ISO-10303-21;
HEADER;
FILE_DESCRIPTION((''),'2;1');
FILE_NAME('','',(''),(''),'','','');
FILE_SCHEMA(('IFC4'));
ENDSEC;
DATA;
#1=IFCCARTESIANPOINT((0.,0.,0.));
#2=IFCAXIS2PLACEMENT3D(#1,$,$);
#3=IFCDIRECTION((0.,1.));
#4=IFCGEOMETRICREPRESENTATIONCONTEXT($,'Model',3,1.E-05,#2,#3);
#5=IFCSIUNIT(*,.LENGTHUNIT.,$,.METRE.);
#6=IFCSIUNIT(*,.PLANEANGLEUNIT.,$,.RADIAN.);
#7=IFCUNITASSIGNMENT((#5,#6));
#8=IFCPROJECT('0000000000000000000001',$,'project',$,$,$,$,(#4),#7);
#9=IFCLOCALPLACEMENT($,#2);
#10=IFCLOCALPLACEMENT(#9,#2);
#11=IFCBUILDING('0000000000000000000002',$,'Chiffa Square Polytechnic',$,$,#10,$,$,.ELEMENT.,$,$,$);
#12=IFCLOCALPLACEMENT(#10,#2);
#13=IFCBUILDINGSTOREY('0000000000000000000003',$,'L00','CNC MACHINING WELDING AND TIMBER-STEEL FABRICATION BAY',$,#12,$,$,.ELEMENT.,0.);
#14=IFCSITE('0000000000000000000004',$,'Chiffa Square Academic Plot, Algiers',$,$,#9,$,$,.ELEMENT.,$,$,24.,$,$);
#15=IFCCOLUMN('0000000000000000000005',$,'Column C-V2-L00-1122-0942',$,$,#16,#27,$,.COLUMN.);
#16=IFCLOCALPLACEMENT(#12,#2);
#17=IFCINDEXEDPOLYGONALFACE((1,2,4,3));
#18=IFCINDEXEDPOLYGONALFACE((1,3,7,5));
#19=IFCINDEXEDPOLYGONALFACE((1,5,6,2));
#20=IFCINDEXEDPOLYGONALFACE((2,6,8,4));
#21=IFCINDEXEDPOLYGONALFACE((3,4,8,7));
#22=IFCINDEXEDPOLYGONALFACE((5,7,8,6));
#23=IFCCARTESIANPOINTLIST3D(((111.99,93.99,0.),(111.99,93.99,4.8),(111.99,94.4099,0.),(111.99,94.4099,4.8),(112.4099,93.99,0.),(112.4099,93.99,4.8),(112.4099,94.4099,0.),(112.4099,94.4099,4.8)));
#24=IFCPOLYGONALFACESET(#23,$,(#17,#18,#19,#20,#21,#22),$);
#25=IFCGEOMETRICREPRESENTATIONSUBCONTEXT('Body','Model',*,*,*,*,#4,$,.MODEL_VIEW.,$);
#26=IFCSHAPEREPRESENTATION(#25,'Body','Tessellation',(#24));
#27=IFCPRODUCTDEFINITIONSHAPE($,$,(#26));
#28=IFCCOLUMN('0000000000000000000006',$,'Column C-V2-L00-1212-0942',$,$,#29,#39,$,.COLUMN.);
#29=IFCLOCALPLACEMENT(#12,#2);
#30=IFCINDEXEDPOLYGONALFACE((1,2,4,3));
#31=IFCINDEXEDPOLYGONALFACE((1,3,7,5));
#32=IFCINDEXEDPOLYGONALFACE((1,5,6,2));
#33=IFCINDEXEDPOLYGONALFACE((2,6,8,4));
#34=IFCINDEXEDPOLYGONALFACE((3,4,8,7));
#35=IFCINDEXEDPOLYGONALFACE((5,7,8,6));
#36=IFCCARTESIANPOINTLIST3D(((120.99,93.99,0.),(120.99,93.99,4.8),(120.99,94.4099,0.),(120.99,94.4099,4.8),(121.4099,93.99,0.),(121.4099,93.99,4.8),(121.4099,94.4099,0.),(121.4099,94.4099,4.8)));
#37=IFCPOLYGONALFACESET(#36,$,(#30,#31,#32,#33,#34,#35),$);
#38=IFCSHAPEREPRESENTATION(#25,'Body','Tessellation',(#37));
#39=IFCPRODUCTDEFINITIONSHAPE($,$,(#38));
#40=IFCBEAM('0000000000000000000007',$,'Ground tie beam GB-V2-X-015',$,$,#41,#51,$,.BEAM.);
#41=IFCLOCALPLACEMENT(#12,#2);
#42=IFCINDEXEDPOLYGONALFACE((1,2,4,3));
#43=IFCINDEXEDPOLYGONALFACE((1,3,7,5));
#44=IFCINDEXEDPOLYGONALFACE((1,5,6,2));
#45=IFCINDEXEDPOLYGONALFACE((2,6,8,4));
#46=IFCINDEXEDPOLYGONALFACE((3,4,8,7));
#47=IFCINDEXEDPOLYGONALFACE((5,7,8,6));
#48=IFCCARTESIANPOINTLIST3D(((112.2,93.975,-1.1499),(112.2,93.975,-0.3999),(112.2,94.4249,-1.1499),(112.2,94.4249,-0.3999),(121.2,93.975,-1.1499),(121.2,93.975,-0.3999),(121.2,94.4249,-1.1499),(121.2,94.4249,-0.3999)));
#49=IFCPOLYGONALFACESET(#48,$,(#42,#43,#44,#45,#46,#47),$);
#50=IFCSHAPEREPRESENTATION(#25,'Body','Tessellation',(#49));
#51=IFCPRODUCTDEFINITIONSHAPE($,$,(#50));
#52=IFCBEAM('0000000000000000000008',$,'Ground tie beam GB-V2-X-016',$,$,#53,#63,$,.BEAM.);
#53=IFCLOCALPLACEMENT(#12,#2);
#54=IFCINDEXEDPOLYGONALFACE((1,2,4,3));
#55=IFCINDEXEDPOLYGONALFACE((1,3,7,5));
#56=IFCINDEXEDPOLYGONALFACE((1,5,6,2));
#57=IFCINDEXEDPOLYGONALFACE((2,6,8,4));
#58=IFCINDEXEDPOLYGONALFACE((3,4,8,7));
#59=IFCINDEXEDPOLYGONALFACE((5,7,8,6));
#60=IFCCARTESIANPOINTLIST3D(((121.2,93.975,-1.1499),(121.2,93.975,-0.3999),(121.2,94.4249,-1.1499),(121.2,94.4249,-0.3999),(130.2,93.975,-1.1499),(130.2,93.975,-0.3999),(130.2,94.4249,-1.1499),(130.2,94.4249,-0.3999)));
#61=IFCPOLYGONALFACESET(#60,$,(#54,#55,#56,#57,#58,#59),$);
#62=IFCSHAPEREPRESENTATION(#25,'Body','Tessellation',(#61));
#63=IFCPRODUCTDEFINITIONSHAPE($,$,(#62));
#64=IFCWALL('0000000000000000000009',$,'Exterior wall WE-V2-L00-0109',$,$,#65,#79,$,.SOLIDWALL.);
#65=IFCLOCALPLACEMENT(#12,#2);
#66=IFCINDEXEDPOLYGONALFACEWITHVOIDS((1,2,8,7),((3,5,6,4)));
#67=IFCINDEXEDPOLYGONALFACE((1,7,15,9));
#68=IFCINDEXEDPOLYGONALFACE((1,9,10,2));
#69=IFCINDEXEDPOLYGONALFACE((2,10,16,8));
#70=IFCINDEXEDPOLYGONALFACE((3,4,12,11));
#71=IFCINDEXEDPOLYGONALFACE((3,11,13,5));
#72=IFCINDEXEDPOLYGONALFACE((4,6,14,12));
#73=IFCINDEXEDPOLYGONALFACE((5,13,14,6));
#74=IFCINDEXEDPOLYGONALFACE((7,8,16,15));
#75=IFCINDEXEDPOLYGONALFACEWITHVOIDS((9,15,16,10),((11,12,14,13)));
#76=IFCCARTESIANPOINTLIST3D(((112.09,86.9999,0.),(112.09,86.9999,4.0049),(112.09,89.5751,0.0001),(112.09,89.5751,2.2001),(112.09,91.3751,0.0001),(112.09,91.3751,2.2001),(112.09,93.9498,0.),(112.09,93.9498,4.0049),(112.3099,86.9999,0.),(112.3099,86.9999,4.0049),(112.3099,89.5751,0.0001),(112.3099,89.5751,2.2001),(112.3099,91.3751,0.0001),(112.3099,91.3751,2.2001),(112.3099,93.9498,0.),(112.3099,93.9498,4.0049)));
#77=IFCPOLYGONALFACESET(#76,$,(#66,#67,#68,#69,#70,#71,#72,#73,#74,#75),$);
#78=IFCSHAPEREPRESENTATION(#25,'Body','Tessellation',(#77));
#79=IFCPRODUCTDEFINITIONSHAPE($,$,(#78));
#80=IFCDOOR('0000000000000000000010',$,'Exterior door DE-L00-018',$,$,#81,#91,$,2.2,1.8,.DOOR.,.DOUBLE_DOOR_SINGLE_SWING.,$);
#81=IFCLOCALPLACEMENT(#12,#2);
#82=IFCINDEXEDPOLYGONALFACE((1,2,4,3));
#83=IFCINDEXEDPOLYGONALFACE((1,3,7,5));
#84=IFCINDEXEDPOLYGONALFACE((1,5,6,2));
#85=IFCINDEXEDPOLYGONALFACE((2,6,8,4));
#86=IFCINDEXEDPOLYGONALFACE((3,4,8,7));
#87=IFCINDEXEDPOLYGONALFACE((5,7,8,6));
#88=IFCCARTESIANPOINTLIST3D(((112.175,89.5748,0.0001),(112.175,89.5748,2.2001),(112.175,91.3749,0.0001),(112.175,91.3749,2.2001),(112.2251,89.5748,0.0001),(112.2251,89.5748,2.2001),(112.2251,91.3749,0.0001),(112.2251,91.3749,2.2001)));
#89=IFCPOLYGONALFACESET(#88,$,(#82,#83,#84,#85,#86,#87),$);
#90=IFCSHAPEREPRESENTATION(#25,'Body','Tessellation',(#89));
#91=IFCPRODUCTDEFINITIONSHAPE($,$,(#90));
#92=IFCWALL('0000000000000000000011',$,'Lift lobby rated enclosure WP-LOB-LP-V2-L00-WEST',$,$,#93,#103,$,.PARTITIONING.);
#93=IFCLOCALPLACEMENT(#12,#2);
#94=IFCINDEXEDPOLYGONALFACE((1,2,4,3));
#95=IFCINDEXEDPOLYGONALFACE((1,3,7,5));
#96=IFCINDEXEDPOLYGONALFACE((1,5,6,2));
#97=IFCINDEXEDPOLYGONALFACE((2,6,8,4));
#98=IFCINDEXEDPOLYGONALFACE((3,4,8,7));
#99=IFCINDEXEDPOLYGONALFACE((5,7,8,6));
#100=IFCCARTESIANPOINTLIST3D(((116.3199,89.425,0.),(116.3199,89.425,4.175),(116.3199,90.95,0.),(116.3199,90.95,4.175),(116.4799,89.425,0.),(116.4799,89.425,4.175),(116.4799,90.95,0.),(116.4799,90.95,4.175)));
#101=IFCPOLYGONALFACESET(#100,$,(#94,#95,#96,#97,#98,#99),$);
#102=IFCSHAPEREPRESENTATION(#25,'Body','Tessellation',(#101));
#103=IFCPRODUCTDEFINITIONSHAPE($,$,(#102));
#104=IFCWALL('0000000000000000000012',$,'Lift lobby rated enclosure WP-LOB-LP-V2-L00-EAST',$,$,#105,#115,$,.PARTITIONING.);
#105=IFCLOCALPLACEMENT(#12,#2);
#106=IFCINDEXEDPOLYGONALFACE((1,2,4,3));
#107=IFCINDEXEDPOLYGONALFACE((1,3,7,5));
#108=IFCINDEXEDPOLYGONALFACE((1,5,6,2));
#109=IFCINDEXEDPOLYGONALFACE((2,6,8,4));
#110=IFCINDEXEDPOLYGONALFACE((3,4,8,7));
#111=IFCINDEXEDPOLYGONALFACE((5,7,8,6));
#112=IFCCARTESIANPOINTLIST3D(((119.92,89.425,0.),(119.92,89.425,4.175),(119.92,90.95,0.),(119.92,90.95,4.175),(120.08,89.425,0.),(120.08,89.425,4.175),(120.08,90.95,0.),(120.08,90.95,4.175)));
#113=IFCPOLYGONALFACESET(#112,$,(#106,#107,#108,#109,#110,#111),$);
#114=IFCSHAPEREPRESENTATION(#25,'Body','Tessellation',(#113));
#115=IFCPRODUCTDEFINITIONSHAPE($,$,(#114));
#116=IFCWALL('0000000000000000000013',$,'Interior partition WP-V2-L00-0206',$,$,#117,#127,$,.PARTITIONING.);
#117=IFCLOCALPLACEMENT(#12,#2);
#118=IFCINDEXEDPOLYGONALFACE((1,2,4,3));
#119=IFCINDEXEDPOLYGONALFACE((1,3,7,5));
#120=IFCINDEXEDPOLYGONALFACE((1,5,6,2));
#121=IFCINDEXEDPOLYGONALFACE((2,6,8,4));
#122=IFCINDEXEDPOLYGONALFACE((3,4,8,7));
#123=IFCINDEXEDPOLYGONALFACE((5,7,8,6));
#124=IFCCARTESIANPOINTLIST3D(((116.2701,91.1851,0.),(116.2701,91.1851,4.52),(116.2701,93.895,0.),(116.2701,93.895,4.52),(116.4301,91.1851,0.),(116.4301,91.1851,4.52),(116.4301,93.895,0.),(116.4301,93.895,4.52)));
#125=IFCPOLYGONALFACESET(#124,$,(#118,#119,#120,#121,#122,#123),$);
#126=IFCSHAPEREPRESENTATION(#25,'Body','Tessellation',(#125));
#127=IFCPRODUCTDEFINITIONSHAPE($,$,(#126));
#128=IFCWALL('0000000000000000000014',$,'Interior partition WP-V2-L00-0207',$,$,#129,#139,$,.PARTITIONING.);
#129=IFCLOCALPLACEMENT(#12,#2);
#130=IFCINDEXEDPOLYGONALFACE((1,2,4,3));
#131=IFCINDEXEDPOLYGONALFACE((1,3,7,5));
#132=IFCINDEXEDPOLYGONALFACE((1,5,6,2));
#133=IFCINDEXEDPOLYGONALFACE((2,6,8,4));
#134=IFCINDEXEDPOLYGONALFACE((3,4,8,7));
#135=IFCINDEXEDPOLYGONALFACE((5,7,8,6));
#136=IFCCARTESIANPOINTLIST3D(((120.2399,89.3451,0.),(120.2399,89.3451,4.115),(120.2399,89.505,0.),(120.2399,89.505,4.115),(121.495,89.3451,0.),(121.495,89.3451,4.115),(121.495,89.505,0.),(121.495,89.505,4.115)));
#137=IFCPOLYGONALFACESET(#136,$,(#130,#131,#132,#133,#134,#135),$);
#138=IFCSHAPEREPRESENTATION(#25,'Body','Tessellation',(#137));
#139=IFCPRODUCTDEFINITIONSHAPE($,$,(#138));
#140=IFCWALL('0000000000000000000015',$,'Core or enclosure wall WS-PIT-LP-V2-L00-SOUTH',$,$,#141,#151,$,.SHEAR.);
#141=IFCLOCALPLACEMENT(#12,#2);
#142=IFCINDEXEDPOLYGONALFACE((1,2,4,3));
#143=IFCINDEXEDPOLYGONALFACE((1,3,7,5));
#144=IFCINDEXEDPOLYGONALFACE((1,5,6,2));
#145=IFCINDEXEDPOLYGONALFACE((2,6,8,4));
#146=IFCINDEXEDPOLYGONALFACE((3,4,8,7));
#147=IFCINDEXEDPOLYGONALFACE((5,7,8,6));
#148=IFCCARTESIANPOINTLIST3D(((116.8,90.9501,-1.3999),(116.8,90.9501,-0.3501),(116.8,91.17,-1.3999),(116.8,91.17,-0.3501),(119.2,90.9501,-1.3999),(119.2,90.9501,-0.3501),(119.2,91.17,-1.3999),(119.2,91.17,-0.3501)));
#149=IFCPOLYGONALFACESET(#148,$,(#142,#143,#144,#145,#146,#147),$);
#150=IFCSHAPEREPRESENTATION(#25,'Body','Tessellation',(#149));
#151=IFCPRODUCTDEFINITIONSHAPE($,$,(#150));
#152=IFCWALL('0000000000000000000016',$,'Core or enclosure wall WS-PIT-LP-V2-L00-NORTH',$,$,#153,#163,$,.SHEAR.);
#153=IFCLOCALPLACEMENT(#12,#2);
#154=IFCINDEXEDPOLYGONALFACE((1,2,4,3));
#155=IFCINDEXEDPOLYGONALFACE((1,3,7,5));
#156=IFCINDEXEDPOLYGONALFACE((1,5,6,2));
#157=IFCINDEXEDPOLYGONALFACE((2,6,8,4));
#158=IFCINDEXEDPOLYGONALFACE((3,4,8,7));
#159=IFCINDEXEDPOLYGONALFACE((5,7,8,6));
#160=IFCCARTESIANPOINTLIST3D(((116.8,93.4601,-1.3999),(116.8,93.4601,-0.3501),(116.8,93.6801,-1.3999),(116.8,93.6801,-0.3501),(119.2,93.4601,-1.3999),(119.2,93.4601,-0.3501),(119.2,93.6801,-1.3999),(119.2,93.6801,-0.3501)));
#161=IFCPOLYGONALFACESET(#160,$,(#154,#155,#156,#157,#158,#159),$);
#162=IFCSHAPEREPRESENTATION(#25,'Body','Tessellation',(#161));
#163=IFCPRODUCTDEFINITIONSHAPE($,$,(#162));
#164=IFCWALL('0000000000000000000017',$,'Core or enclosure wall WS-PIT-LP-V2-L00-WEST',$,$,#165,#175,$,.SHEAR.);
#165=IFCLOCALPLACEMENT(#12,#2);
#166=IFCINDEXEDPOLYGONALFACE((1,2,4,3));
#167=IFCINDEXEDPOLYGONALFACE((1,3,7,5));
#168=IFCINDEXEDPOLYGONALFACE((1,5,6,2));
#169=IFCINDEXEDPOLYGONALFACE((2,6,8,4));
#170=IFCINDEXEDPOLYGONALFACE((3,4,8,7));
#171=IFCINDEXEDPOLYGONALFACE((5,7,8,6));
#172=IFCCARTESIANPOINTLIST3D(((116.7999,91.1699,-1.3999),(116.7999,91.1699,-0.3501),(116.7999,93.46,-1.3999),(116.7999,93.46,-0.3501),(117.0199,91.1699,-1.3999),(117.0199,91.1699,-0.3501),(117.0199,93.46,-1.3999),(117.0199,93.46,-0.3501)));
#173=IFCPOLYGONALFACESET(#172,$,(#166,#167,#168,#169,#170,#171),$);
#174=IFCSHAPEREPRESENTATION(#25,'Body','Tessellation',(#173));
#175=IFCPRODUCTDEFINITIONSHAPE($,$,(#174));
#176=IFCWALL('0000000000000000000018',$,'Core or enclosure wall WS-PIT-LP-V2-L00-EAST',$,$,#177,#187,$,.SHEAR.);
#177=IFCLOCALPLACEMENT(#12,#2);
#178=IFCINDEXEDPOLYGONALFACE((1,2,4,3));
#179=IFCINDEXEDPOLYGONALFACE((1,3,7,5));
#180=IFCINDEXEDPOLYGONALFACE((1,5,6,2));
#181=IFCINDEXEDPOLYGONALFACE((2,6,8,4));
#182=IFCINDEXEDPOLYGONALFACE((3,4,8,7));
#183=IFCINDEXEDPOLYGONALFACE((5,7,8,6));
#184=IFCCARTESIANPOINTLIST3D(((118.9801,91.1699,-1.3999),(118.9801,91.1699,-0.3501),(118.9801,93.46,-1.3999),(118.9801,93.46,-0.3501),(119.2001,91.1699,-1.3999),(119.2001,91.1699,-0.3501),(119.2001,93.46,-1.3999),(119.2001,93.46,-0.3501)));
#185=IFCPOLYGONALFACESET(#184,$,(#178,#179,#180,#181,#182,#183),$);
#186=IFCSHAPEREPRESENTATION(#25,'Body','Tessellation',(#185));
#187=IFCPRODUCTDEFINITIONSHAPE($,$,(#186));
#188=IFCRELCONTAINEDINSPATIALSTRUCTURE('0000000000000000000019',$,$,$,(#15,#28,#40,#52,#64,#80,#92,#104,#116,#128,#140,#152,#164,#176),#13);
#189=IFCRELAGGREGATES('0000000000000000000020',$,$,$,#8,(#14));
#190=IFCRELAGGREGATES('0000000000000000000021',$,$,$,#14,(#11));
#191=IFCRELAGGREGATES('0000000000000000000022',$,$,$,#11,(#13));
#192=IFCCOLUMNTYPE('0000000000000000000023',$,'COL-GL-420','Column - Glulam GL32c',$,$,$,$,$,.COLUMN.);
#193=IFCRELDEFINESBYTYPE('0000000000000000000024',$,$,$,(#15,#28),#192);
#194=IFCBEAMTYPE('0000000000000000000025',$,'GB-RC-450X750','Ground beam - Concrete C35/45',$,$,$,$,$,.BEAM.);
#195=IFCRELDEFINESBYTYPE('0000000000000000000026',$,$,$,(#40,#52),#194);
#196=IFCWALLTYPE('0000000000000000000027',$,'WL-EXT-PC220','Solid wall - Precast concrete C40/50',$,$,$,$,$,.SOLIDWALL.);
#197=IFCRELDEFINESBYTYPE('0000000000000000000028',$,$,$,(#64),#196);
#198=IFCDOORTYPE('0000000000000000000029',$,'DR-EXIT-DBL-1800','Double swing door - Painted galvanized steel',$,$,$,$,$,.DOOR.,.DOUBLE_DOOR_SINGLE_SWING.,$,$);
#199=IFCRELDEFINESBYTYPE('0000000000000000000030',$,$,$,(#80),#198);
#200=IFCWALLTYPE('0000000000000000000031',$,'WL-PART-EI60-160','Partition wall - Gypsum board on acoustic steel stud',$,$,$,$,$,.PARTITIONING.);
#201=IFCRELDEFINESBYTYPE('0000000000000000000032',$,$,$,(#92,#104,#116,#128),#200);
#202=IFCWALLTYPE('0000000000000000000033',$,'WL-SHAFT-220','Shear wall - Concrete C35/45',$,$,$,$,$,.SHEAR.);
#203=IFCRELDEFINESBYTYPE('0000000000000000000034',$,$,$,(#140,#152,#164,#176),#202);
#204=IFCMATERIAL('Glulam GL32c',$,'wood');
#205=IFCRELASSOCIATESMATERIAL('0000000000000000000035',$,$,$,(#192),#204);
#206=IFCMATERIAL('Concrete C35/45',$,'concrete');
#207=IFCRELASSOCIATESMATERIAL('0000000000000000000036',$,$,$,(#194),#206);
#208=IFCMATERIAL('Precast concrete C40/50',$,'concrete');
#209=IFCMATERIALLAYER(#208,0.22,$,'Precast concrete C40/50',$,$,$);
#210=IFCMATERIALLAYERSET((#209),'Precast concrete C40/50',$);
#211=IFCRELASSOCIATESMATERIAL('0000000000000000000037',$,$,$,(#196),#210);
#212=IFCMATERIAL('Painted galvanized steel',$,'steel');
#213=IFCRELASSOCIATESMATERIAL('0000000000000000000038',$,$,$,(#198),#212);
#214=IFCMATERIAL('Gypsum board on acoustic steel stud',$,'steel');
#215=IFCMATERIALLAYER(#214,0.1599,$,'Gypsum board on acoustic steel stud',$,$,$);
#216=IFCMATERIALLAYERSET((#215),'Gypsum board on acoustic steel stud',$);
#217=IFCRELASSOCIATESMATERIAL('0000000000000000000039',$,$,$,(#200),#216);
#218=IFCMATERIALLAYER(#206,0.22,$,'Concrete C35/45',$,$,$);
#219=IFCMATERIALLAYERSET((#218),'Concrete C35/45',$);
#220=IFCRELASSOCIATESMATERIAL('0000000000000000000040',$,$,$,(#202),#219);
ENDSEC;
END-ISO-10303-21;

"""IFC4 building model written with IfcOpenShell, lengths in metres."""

from ifc_helpers import new_model, si_unit, direction, frame, frame_2d, origin, origin_2d, place, context, subcontext, project, spatial, rectangle, extrude, material, layer, layer_set, material_profile, profile_set, type_object, element, fill, save


model = new_model("IFC4")

# Units and contexts
model_context = context("Model", 3, precision=1e-05, world=origin(), true_north=direction((0.0, 1.0)))
body_context = subcontext(model_context, "Body", "Model", "MODEL_VIEW")
ifc_project = project(units=[si_unit("LENGTHUNIT", "METRE"), si_unit("PLANEANGLEUNIT", "RADIAN")], contexts=[model_context])

# Site, building, storey
site_placement = place(None, origin())
site = spatial("IfcSite", under=ifc_project, at=site_placement, Name="Chiffa Square Academic Plot, Algiers", CompositionType="ELEMENT", RefElevation=24.0)
building_placement = place(site_placement, origin())
building = spatial("IfcBuilding", under=site, at=building_placement, Name="Chiffa Square Polytechnic", CompositionType="ELEMENT")
storey_placement = place(building_placement, origin())
storey = spatial("IfcBuildingStorey", under=building, at=storey_placement, Name="L00", Description="CNC MACHINING WELDING AND TIMBER-STEEL FABRICATION BAY", CompositionType="ELEMENT", Elevation=0.0)

# Columns
ifc_material_1 = material(Name="Glulam GL32c", Category="wood")
ifc_material_profile_1 = material_profile(ifc_material_1, rectangle(XDim=0.4199, YDim=0.4199, at=origin_2d()), Name="GL32c 420x420")
ifc_profile_set_1 = profile_set([ifc_material_profile_1], Name="Glulam GL32c")
column_type = type_object("IfcColumnType", Name="COL-GL-420", Description="Column - Glulam GL32c", PredefinedType="COLUMN", material=ifc_profile_set_1)
for number, where, z_axis, x_axis, name in (
    (1, (112.2, 94.2, 0.0), (0.0, 0.0, 1.0), (1.0, 0.0, 0.0), "Column C-V2-L00-1122-0942"),
    (2, (121.2, 94.2, 0.0), (0.0, 0.0, 1.0), (1.0, 0.0, 0.0), "Column C-V2-L00-1212-0942"),
):
    element("IfcColumn", number, at=place(storey_placement, frame(where, z_axis=z_axis, x_axis=x_axis)), inside=storey, type_object=column_type, Name=name, PredefinedType="COLUMN", context=body_context, shape_type="SweptSolid", body=[
        extrude(rectangle(XDim=0.4199, YDim=0.4199, at=origin_2d()), origin(), (0.0, 0.0, 1.0), 4.8),
    ])

# Beams
ifc_material_2 = material(Name="Concrete C35/45", Category="concrete")
ifc_material_profile_2 = material_profile(ifc_material_2, rectangle(XDim=0.45, YDim=0.75, at=origin_2d()), Name="RC 450x750")
ifc_profile_set_2 = profile_set([ifc_material_profile_2], Name="Concrete C35/45")
beam_type = type_object("IfcBeamType", Name="GB-RC-450X750", Description="Ground beam - Concrete C35/45", PredefinedType="BEAM", material=ifc_profile_set_2)
for number, where, z_axis, x_axis, name in (
    (3, (112.2, 94.2, -0.7749), (1.0, 0.0, 0.0), (0.0, 1.0, 0.0), "Ground tie beam GB-V2-X-015"),
    (4, (121.2, 94.2, -0.7749), (1.0, 0.0, 0.0), (0.0, 1.0, 0.0), "Ground tie beam GB-V2-X-016"),
):
    element("IfcBeam", number, at=place(storey_placement, frame(where, z_axis=z_axis, x_axis=x_axis)), inside=storey, type_object=beam_type, Name=name, PredefinedType="BEAM", context=body_context, shape_type="SweptSolid", body=[
        extrude(rectangle(XDim=0.45, YDim=0.75, at=origin_2d()), origin(), (0.0, 0.0, 1.0), 9.0),
    ])

# Wall, opening, door
ifc_material_3 = material(Name="Precast concrete C40/50", Category="concrete")
ifc_layer_1 = layer(ifc_material_3, 0.22, Name="Precast concrete C40/50")
ifc_layer_set_1 = layer_set([ifc_layer_1], Name="Precast concrete C40/50")
wall_type_1 = type_object("IfcWallType", Name="WL-EXT-PC220", Description="Solid wall - Precast concrete C40/50", PredefinedType="SOLIDWALL", material=ifc_layer_set_1)
wall_1_placement = place(storey_placement, frame((112.2, 93.95, 0.0), z_axis=(0.0, 0.0, 1.0), x_axis=(0.0, -1.0, 0.0)))
wall_1 = element("IfcWall", 5, at=wall_1_placement, inside=storey, type_object=wall_type_1, Name="Exterior wall WE-V2-L00-0109", PredefinedType="SOLIDWALL", context=body_context, shape_type="SweptSolid", body=[
    extrude(rectangle(XDim=6.95, YDim=0.22, at=frame_2d((3.4751, 0.0))), origin(), (0.0, 0.0, 1.0), 4.0049),
])
opening_1_placement = place(wall_1_placement, frame((2.575, 0.0, 0.0)))
opening_1 = element("IfcOpeningElement", 6, at=opening_1_placement, cuts=wall_1, PredefinedType="OPENING", context=body_context, shape_type="SweptSolid", body=[
    extrude(rectangle(XDim=1.8, YDim=2.2, at=frame_2d((0.8999, 1.1001))), frame((0.0, 0.1201, 0.0), z_axis=(0.0, -1.0, 0.0), x_axis=(1.0, 0.0, 0.0)), (0.0, 0.0, 1.0), 0.24),
])
ifc_material_4 = material(Name="Painted galvanized steel", Category="steel")
door_type_1 = type_object("IfcDoorType", Name="DR-EXIT-DBL-1800", Description="Double swing door - Painted galvanized steel", OperationType="DOUBLE_DOOR_SINGLE_SWING", PredefinedType="DOOR", material=ifc_material_4)
door_1_placement = place(opening_1_placement, frame((1.8, 0.0, 0.0), z_axis=(0.0, 0.0, 1.0), x_axis=(-1.0, 0.0, 0.0)))
door_1 = element("IfcDoor", 7, at=door_1_placement, inside=storey, type_object=door_type_1, Name="Exterior door DE-L00-018", OperationType="DOUBLE_DOOR_SINGLE_SWING", OverallHeight=2.2, OverallWidth=1.8, PredefinedType="DOOR", context=body_context, shape_type="SweptSolid", body=[
    extrude(rectangle(XDim=1.8, YDim=2.2, at=frame_2d((0.8999, 1.1001))), frame((0.0, 0.0249, 0.0), z_axis=(0.0, -1.0, 0.0), x_axis=(1.0, 0.0, 0.0)), (0.0, 0.0, 1.0), 0.05),
])
fill(opening_1, door_1)

# Walls
ifc_material_5 = material(Name="Gypsum board on acoustic steel stud", Category="steel")
ifc_layer_2 = layer(ifc_material_5, 0.1599, Name="Gypsum board on acoustic steel stud")
ifc_layer_set_2 = layer_set([ifc_layer_2], Name="Gypsum board on acoustic steel stud")
wall_type_2 = type_object("IfcWallType", Name="WL-PART-EI60-160", Description="Partition wall - Gypsum board on acoustic steel stud", PredefinedType="PARTITIONING", material=ifc_layer_set_2)
for number, where, z_axis, x_axis, name in (
    (8, (116.3999, 89.425, 0.0), (0.0, 0.0, 1.0), (0.0, 1.0, 0.0), "Lift lobby rated enclosure WP-LOB-LP-V2-L00-WEST"),
    (9, (120.0, 89.425, 0.0), (0.0, 0.0, 1.0), (0.0, 1.0, 0.0), "Lift lobby rated enclosure WP-LOB-LP-V2-L00-EAST"),
):
    element("IfcWall", number, at=place(storey_placement, frame(where, z_axis=z_axis, x_axis=x_axis)), inside=storey, type_object=wall_type_2, Name=name, PredefinedType="PARTITIONING", context=body_context, shape_type="SweptSolid", body=[
        extrude(rectangle(XDim=1.5249, YDim=0.1599, at=frame_2d((0.7625, 0.0))), origin(), (0.0, 0.0, 1.0), 4.175),
    ])
wall_2_placement = place(storey_placement, frame((116.3501, 91.1851, 0.0), z_axis=(0.0, 0.0, 1.0), x_axis=(0.0, 1.0, 0.0)))
element("IfcWall", 10, at=wall_2_placement, inside=storey, type_object=wall_type_2, Name="Interior partition WP-V2-L00-0206", PredefinedType="PARTITIONING", context=body_context, shape_type="SweptSolid", body=[
    extrude(rectangle(XDim=2.71, YDim=0.1599, at=frame_2d((1.355, 0.0))), origin(), (0.0, 0.0, 1.0), 4.52),
])
wall_3_placement = place(storey_placement, frame((120.24, 89.425, 0.0), z_axis=(0.0, 0.0, 1.0), x_axis=(1.0, 0.0, 0.0)))
element("IfcWall", 11, at=wall_3_placement, inside=storey, type_object=wall_type_2, Name="Interior partition WP-V2-L00-0207", PredefinedType="PARTITIONING", context=body_context, shape_type="SweptSolid", body=[
    extrude(rectangle(XDim=1.2551, YDim=0.1599, at=frame_2d((0.6274, 0.0))), origin(), (0.0, 0.0, 1.0), 4.115),
])
ifc_layer_3 = layer(ifc_material_2, 0.22, Name="Concrete C35/45")
ifc_layer_set_3 = layer_set([ifc_layer_3], Name="Concrete C35/45")
wall_type_3 = type_object("IfcWallType", Name="WL-SHAFT-220", Description="Shear wall - Concrete C35/45", PredefinedType="SHEAR", material=ifc_layer_set_3)
for number, where, z_axis, x_axis, name in (
    (12, (116.8, 91.0601, -1.3999), (0.0, 0.0, 1.0), (1.0, 0.0, 0.0), "Core or enclosure wall WS-PIT-LP-V2-L00-SOUTH"),
    (13, (116.8, 93.5701, -1.3999), (0.0, 0.0, 1.0), (1.0, 0.0, 0.0), "Core or enclosure wall WS-PIT-LP-V2-L00-NORTH"),
):
    element("IfcWall", number, at=place(storey_placement, frame(where, z_axis=z_axis, x_axis=x_axis)), inside=storey, type_object=wall_type_3, Name=name, PredefinedType="SHEAR", context=body_context, shape_type="SweptSolid", body=[
        extrude(rectangle(XDim=2.3999, YDim=0.22, at=frame_2d((1.2, 0.0))), origin(), (0.0, 0.0, 1.0), 1.0498),
    ])
for number, where, z_axis, x_axis, name in (
    (14, (116.9099, 91.1699, -1.3999), (0.0, 0.0, 1.0), (0.0, 1.0, 0.0), "Core or enclosure wall WS-PIT-LP-V2-L00-WEST"),
    (15, (119.0901, 91.1699, -1.3999), (0.0, 0.0, 1.0), (0.0, 1.0, 0.0), "Core or enclosure wall WS-PIT-LP-V2-L00-EAST"),
):
    element("IfcWall", number, at=place(storey_placement, frame(where, z_axis=z_axis, x_axis=x_axis)), inside=storey, type_object=wall_type_3, Name=name, PredefinedType="SHEAR", context=body_context, shape_type="SweptSolid", body=[
        extrude(rectangle(XDim=2.29, YDim=0.22, at=frame_2d((1.145, 0.0))), origin(), (0.0, 0.0, 1.0), 1.0498),
    ])

save(model, "model.ifc")
